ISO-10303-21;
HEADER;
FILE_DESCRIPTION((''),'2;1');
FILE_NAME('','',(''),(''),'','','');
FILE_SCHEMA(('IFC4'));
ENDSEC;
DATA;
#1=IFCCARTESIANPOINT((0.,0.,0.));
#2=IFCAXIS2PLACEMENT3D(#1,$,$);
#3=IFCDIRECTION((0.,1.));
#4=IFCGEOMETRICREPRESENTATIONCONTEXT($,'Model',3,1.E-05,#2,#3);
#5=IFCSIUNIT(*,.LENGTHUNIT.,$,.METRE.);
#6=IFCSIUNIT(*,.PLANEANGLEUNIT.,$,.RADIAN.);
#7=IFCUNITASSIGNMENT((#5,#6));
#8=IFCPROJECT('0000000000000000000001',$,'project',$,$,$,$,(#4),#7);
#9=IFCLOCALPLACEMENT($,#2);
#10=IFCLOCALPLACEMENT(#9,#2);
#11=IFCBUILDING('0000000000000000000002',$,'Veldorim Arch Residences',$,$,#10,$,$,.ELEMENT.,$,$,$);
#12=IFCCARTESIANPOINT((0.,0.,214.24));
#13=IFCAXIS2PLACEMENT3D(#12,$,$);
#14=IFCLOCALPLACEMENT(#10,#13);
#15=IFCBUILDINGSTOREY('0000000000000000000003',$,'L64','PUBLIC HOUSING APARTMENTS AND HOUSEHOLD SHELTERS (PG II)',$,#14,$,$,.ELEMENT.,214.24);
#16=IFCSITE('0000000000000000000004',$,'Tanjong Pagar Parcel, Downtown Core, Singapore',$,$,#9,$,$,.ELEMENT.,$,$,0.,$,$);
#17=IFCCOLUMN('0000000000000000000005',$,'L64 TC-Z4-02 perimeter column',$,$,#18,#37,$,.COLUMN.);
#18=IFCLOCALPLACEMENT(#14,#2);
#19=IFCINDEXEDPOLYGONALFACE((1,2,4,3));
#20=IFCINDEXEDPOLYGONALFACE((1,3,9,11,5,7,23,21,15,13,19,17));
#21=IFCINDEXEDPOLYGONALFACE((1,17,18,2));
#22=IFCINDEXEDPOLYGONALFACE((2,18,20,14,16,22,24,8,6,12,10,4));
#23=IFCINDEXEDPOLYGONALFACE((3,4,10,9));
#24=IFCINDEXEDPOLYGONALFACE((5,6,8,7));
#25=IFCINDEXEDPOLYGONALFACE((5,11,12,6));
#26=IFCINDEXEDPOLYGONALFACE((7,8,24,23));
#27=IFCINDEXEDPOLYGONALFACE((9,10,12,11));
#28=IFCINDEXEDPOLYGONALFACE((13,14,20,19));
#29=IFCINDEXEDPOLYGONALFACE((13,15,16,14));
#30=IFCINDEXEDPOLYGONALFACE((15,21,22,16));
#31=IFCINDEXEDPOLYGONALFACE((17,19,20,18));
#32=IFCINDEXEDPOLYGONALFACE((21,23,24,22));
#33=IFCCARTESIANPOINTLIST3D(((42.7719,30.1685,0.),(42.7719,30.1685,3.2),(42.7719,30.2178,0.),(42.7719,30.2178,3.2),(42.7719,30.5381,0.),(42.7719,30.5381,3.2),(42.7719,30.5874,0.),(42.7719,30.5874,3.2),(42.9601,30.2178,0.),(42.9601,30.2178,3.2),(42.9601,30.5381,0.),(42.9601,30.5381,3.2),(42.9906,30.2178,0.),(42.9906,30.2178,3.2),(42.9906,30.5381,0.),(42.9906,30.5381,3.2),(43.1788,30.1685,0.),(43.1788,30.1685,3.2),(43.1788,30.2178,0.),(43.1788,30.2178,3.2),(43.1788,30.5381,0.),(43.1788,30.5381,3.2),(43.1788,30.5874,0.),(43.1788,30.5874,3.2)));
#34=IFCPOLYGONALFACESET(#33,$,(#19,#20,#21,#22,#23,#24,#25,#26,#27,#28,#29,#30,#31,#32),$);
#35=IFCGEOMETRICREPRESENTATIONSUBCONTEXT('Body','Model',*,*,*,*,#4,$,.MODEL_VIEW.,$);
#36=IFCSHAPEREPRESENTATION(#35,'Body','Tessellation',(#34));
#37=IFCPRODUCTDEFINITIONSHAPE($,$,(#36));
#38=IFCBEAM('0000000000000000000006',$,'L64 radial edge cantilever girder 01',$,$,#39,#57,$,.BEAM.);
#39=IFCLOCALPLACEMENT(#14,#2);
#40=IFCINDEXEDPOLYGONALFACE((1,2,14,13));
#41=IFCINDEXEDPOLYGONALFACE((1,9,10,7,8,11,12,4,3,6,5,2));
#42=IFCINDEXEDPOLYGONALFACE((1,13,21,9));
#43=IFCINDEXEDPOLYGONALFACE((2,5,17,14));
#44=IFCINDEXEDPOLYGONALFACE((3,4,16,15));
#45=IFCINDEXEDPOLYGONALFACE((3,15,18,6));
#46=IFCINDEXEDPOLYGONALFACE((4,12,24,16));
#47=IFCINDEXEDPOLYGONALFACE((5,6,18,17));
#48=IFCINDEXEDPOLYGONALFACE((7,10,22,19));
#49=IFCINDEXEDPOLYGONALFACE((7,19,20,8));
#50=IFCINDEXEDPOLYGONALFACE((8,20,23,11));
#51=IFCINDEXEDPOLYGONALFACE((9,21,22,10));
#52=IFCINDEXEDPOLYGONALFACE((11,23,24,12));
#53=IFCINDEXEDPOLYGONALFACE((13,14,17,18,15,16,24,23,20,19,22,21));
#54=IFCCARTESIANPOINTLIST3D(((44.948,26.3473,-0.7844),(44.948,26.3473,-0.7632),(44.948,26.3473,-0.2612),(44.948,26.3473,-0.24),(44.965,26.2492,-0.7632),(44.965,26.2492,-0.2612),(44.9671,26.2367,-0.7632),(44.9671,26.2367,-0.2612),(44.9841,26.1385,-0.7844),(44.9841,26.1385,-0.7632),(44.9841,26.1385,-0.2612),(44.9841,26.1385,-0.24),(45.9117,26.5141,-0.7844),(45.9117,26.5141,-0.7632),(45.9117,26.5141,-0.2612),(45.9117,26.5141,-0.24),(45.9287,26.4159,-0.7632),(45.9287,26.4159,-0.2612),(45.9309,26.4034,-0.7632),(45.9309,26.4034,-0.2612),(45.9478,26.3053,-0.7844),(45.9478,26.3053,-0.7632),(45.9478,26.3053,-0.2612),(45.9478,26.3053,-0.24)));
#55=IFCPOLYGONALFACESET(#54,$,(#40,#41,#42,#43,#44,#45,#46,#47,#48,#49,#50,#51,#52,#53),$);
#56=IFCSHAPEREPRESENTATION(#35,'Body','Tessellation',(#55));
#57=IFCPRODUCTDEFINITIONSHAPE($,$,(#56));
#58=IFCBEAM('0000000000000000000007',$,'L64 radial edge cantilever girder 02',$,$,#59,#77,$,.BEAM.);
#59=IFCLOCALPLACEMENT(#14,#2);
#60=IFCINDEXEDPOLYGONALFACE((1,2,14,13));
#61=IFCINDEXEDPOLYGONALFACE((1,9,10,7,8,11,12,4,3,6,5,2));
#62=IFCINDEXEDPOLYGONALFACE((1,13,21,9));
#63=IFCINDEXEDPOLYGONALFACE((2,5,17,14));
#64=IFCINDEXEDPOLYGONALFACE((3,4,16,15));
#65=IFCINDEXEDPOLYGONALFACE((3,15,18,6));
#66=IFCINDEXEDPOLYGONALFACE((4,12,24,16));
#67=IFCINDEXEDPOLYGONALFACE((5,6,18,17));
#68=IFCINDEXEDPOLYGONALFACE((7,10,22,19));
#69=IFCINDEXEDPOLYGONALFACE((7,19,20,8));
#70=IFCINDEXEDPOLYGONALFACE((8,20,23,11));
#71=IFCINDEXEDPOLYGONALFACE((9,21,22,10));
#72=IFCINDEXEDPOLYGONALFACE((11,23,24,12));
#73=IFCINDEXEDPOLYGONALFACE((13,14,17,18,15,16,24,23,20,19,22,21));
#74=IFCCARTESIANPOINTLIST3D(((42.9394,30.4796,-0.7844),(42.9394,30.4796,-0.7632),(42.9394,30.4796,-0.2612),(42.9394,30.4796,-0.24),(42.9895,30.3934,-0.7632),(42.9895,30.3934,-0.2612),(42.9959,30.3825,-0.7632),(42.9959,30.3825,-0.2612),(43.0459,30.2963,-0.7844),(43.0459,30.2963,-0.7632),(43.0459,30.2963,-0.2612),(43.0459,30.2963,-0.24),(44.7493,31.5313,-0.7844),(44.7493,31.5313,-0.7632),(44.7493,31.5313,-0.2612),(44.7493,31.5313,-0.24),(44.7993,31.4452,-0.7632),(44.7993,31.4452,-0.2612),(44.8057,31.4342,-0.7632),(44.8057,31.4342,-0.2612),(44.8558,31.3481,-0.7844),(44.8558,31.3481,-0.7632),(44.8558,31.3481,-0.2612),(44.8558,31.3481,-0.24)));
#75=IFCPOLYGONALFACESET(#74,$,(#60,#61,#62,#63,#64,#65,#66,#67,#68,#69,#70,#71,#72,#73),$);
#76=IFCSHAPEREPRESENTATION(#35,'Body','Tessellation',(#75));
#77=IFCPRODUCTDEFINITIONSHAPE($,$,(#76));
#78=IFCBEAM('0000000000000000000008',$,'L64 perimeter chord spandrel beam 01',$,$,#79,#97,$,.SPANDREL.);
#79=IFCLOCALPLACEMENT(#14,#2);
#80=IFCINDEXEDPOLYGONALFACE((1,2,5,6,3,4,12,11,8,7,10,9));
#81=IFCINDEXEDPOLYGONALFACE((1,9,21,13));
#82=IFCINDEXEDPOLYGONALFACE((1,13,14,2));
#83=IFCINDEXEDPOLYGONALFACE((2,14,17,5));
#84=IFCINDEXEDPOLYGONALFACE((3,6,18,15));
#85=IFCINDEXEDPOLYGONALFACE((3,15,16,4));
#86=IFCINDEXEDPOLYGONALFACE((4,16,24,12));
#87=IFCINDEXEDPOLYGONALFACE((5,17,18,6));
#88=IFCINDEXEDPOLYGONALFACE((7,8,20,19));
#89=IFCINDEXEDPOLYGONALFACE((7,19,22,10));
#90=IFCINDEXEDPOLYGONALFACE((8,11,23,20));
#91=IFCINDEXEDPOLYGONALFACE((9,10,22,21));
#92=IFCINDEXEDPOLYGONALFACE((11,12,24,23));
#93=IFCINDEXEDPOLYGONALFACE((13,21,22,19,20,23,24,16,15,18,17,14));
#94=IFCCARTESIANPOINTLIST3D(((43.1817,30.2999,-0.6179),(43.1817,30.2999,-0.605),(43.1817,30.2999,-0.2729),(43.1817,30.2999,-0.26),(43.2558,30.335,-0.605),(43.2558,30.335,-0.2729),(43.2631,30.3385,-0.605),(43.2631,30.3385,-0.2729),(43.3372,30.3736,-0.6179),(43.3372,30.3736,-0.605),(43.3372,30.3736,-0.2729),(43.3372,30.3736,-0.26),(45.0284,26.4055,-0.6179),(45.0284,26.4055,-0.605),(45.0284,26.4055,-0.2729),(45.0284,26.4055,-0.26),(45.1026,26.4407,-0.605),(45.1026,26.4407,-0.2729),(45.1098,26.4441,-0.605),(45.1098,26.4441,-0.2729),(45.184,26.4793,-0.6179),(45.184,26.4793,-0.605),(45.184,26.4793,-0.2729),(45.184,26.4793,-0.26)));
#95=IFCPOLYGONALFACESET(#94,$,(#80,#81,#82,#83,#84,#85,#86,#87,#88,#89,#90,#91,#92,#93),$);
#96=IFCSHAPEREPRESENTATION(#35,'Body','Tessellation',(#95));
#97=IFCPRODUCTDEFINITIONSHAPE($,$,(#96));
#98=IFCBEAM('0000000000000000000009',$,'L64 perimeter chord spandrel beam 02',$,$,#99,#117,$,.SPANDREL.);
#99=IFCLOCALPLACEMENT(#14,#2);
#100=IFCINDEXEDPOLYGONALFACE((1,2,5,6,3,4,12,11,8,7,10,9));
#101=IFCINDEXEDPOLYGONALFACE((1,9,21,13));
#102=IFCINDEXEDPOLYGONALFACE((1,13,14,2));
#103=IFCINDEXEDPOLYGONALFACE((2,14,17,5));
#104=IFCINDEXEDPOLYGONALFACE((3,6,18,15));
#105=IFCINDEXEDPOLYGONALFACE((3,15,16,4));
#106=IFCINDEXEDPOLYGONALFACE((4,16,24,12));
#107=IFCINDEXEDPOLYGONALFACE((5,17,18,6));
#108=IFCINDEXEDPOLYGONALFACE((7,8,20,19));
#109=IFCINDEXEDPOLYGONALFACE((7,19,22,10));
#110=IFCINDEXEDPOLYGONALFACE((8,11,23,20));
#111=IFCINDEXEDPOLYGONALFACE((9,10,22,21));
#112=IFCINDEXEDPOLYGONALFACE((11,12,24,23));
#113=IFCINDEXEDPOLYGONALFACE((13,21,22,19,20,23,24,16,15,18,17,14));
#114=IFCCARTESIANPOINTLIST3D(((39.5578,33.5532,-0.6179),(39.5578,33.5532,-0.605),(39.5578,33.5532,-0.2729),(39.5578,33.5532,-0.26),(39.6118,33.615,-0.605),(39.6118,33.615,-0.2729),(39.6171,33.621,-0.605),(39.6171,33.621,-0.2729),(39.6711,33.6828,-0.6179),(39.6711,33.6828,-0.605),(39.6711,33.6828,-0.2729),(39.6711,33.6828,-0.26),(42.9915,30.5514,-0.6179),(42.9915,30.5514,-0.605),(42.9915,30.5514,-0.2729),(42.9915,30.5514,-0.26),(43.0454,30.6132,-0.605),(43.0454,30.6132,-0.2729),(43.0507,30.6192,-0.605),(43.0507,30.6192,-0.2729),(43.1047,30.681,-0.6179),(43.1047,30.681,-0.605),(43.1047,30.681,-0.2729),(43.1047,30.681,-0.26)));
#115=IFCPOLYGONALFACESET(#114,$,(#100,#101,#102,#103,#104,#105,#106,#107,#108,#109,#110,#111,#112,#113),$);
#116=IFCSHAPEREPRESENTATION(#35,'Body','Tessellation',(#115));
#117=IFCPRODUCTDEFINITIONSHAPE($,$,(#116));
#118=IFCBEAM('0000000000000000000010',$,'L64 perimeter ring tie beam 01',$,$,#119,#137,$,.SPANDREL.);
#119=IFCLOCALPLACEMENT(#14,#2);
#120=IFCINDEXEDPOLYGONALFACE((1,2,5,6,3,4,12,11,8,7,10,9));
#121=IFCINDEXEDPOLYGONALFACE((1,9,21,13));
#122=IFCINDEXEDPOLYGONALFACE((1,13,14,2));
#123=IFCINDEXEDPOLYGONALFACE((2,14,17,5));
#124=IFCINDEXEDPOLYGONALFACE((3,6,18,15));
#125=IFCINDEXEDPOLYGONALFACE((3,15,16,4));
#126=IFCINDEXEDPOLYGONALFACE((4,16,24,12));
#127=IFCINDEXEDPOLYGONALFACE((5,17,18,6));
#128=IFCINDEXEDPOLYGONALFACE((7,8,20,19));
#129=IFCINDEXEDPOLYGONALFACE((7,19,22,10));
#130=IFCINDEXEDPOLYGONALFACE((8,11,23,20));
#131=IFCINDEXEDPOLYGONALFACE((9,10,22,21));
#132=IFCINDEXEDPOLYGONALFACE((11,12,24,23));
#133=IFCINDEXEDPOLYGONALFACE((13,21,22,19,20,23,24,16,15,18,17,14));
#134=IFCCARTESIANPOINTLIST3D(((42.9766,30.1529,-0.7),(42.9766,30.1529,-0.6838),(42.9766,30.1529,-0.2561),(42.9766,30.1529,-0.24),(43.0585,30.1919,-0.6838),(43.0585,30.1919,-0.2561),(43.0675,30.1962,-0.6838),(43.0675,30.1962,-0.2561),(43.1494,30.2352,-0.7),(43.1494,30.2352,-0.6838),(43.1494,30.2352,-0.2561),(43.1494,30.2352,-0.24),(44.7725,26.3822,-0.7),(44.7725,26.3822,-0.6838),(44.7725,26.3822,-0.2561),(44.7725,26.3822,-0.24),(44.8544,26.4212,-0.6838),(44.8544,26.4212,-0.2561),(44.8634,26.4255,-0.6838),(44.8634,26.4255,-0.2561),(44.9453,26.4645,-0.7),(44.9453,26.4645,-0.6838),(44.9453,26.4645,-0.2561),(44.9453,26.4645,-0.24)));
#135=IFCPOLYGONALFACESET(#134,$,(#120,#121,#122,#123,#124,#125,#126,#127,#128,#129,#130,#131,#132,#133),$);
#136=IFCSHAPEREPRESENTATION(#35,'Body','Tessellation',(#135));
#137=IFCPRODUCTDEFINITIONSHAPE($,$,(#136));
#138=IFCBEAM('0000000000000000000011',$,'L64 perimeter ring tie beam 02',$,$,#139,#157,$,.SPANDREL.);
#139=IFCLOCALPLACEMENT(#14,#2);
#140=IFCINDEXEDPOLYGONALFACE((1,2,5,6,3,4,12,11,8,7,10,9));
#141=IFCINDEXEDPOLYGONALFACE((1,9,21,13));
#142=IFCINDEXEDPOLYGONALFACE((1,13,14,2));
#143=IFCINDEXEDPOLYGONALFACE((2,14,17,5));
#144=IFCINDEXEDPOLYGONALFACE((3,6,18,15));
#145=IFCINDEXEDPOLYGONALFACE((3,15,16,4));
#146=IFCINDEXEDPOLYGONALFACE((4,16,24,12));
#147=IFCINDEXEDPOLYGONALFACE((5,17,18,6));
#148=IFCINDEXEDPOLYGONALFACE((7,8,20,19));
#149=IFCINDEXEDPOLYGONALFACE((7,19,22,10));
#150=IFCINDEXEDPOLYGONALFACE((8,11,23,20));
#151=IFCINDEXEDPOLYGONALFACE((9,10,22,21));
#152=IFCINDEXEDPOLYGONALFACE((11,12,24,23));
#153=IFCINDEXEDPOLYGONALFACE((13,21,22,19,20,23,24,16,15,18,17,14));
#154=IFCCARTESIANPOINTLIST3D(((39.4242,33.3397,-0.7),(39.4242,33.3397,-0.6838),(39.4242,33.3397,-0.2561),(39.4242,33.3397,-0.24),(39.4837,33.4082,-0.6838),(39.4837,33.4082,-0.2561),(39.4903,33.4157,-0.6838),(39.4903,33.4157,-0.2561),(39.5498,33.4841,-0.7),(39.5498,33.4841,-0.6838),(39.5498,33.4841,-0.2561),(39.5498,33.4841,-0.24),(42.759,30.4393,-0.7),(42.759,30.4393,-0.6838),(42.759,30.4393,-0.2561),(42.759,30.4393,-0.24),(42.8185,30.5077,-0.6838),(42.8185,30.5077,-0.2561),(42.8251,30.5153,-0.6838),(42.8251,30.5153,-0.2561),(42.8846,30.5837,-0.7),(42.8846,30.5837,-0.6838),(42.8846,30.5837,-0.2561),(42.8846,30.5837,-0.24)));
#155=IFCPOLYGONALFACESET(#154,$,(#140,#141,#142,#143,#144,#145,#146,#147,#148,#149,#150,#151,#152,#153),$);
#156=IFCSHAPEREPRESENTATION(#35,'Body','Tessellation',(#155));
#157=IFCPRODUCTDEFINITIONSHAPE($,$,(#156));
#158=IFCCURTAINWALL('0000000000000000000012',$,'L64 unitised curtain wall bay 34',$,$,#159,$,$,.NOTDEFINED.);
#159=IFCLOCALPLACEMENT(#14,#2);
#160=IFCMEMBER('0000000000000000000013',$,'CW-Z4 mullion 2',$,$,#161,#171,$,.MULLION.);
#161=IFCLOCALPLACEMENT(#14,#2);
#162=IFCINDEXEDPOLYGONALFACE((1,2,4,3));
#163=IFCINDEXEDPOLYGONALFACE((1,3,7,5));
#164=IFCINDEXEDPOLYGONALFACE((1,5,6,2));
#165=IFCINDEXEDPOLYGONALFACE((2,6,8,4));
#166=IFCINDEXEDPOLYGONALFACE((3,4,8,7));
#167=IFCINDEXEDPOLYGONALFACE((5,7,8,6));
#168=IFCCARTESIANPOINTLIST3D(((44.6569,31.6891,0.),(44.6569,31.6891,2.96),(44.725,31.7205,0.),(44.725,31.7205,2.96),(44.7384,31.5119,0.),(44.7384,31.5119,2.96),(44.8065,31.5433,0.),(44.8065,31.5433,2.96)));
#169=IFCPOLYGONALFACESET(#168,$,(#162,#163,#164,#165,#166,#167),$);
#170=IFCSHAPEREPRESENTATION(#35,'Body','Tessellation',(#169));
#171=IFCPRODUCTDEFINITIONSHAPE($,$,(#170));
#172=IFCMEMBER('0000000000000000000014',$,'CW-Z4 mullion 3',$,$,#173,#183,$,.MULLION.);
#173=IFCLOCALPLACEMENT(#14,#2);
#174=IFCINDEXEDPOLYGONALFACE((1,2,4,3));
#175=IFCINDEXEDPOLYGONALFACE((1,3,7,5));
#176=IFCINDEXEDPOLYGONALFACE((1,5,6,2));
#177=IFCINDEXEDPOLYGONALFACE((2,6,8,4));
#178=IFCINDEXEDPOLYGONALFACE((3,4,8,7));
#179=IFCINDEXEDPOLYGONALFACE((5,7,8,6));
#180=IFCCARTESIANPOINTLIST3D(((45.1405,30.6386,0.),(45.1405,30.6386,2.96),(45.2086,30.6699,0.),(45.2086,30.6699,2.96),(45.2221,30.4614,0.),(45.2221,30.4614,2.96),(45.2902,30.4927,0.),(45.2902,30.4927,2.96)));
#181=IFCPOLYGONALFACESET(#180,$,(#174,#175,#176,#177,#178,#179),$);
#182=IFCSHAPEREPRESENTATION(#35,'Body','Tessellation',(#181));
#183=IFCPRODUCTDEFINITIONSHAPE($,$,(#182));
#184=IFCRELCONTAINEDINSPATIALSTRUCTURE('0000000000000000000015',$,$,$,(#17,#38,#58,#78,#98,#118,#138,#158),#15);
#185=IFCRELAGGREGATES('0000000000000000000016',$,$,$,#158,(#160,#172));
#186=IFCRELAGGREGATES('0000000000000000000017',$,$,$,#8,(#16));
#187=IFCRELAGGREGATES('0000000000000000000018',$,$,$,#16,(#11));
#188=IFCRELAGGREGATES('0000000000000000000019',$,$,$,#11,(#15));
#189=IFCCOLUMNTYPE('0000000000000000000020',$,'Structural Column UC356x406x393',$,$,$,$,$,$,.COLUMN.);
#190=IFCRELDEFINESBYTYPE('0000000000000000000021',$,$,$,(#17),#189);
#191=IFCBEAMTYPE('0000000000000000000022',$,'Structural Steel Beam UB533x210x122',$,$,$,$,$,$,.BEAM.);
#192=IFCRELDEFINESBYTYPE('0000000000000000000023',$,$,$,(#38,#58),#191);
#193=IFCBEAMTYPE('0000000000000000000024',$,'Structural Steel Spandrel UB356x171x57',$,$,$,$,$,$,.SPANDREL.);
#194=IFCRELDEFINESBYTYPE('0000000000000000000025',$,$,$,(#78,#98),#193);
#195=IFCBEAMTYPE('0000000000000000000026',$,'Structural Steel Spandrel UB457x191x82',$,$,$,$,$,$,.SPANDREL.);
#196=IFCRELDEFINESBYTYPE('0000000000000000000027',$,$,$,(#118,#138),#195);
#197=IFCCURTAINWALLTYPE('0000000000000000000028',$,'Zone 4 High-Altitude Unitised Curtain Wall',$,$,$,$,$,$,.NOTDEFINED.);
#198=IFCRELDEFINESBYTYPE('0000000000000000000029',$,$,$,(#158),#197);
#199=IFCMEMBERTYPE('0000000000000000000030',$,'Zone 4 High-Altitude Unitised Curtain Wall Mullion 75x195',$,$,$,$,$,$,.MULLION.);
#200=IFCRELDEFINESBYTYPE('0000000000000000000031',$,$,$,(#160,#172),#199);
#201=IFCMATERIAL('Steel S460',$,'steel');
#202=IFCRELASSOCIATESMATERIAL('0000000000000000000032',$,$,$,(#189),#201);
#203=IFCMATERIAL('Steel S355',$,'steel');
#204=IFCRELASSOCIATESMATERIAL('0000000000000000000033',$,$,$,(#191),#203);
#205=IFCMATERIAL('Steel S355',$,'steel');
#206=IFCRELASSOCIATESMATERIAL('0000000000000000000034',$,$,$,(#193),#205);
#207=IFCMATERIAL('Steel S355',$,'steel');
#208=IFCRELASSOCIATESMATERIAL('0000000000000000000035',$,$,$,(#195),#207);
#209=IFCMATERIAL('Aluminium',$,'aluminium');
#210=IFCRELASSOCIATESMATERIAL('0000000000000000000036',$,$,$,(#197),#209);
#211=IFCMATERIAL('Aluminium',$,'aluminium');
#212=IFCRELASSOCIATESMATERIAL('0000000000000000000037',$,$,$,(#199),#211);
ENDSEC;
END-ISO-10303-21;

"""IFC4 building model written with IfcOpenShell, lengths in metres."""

from ifc_helpers import new_model, si_unit, direction, frame, origin, origin_2d, place, context, subcontext, project, spatial, rectangle, i_section, extrude, material, material_profile, profile_set, type_object, element, aggregate, save


model = new_model("IFC4")

# Units and contexts
model_context = context("Model", 3, precision=1e-05, world=origin(), true_north=direction((0.0, 1.0)))
body_context = subcontext(model_context, "Body", "Model", "MODEL_VIEW")
ifc_project = project(units=[si_unit("LENGTHUNIT", "METRE"), si_unit("PLANEANGLEUNIT", "RADIAN")], contexts=[model_context])

# Site, building, storey
site_placement = place(None, origin())
site = spatial("IfcSite", under=ifc_project, at=site_placement, Name="Tanjong Pagar Parcel, Downtown Core, Singapore", CompositionType="ELEMENT", RefElevation=0.0)
building_placement = place(site_placement, origin())
building = spatial("IfcBuilding", under=site, at=building_placement, Name="Veldorim Arch Residences", CompositionType="ELEMENT")
storey_placement = place(building_placement, frame((0.0, 0.0, 214.24)))
storey = spatial("IfcBuildingStorey", under=building, at=storey_placement, Name="L64", Description="PUBLIC HOUSING APARTMENTS AND HOUSEHOLD SHELTERS (PG II)", CompositionType="ELEMENT", Elevation=214.24)

# Column
ifc_material_1 = material(Name="Steel S460", Category="steel")
ifc_material_profile_1 = material_profile(ifc_material_1, i_section(OverallWidth=0.407, OverallDepth=0.4189, WebThickness=0.0305, FlangeThickness=0.0493, at=origin_2d()), Name="UC356x406x393")
ifc_profile_set_1 = profile_set([ifc_material_profile_1], Name="Steel S460")
column_type = type_object("IfcColumnType", Name="Structural Column UC356x406x393", PredefinedType="COLUMN", material=ifc_profile_set_1)
column_placement = place(storey_placement, frame((42.9753, 30.3779, 0.0), z_axis=(0.0, 0.0, 1.0), x_axis=(1.0, 0.0, 0.0)))
element("IfcColumn", 1, at=column_placement, inside=storey, type_object=column_type, Name="L64 TC-Z4-02 perimeter column", PredefinedType="COLUMN", context=body_context, shape_type="SweptSolid", body=[
    extrude(i_section(OverallWidth=0.407, OverallDepth=0.4189, WebThickness=0.0305, FlangeThickness=0.0493, at=origin_2d()), origin(), (0.0, 0.0, 1.0), 3.2),
])

# Beams
ifc_material_2 = material(Name="Steel S355", Category="steel")
ifc_material_profile_2 = material_profile(ifc_material_2, i_section(OverallWidth=0.2119, OverallDepth=0.5444, WebThickness=0.0127, FlangeThickness=0.0212, at=origin_2d()), Name="UB533x210x122")
ifc_profile_set_2 = profile_set([ifc_material_profile_2], Name="Steel S355")
beam_type_1 = type_object("IfcBeamType", Name="Structural Steel Beam UB533x210x122", PredefinedType="BEAM", material=ifc_profile_set_2)
beam_1_placement = place(storey_placement, frame((44.9661, 26.2429, -0.5122), z_axis=(0.985356, 0.170509, 0.0), x_axis=(-0.170509, 0.985356, 0.0)))
element("IfcBeam", 2, at=beam_1_placement, inside=storey, type_object=beam_type_1, Name="L64 radial edge cantilever girder 01", PredefinedType="BEAM", context=body_context, shape_type="SweptSolid", body=[
    extrude(i_section(OverallWidth=0.2119, OverallDepth=0.5444, WebThickness=0.0127, FlangeThickness=0.0212, at=origin_2d()), origin(), (0.0, 0.0, 1.0), 0.978),
])
beam_2_placement = place(storey_placement, frame((42.9927, 30.3879, -0.5122), z_axis=(0.864603, 0.502456, 0.0), x_axis=(-0.502456, 0.864603, 0.0)))
element("IfcBeam", 3, at=beam_2_placement, inside=storey, type_object=beam_type_1, Name="L64 radial edge cantilever girder 02", PredefinedType="BEAM", context=body_context, shape_type="SweptSolid", body=[
    extrude(i_section(OverallWidth=0.2119, OverallDepth=0.5444, WebThickness=0.0127, FlangeThickness=0.0212, at=origin_2d()), origin(), (0.0, 0.0, 1.0), 2.0933),
])
ifc_material_3 = material(Name="Steel S355", Category="steel")
ifc_material_profile_3 = material_profile(ifc_material_3, i_section(OverallWidth=0.1721, OverallDepth=0.3579, WebThickness=0.0081, FlangeThickness=0.0129, at=origin_2d()), Name="UB356x171x57")
ifc_profile_set_3 = profile_set([ifc_material_profile_3], Name="Steel S355")
beam_type_2 = type_object("IfcBeamType", Name="Structural Steel Spandrel UB356x171x57", PredefinedType="SPANDREL", material=ifc_profile_set_3)
beam_3_placement = place(storey_placement, frame((45.1062, 26.4424, -0.439), z_axis=(-0.428469, 0.903557, 0.0), x_axis=(-0.903557, -0.428469, 0.0)))
element("IfcBeam", 4, at=beam_3_placement, inside=storey, type_object=beam_type_2, Name="L64 perimeter chord spandrel beam 01", PredefinedType="SPANDREL", context=body_context, shape_type="SweptSolid", body=[
    extrude(i_section(OverallWidth=0.1721, OverallDepth=0.3579, WebThickness=0.0081, FlangeThickness=0.0129, at=origin_2d()), origin(), (0.0, 0.0, 1.0), 4.3101),
])
beam_4_placement = place(storey_placement, frame((43.0481, 30.6162, -0.439), z_axis=(-0.752868, 0.658171, 0.0), x_axis=(-0.658171, -0.752868, 0.0)))
element("IfcBeam", 5, at=beam_4_placement, inside=storey, type_object=beam_type_2, Name="L64 perimeter chord spandrel beam 02", PredefinedType="SPANDREL", context=body_context, shape_type="SweptSolid", body=[
    extrude(i_section(OverallWidth=0.1721, OverallDepth=0.3579, WebThickness=0.0081, FlangeThickness=0.0129, at=origin_2d()), origin(), (0.0, 0.0, 1.0), 4.5608),
])
ifc_material_4 = material(Name="Steel S355", Category="steel")
ifc_material_profile_4 = material_profile(ifc_material_4, i_section(OverallWidth=0.1914, OverallDepth=0.46, WebThickness=0.01, FlangeThickness=0.0161, at=origin_2d()), Name="UB457x191x82")
ifc_profile_set_4 = profile_set([ifc_material_profile_4], Name="Steel S355")
beam_type_3 = type_object("IfcBeamType", Name="Structural Steel Spandrel UB457x191x82", PredefinedType="SPANDREL", material=ifc_profile_set_4)
beam_5_placement = place(storey_placement, frame((44.8589, 26.4233, -0.47), z_axis=(-0.429993, 0.902832, 0.0), x_axis=(-0.902832, -0.429993, 0.0)))
element("IfcBeam", 6, at=beam_5_placement, inside=storey, type_object=beam_type_3, Name="L64 perimeter ring tie beam 01", PredefinedType="SPANDREL", context=body_context, shape_type="SweptSolid", body=[
    extrude(i_section(OverallWidth=0.1914, OverallDepth=0.46, WebThickness=0.01, FlangeThickness=0.0161, at=origin_2d()), origin(), (0.0, 0.0, 1.0), 4.1765),
])
beam_6_placement = place(storey_placement, frame((42.8218, 30.5115, -0.47), z_axis=(-0.754534, 0.656261, 0.0), x_axis=(-0.656261, -0.754534, 0.0)))
element("IfcBeam", 7, at=beam_6_placement, inside=storey, type_object=beam_type_3, Name="L64 perimeter ring tie beam 02", PredefinedType="SPANDREL", context=body_context, shape_type="SweptSolid", body=[
    extrude(i_section(OverallWidth=0.1914, OverallDepth=0.46, WebThickness=0.01, FlangeThickness=0.0161, at=origin_2d()), origin(), (0.0, 0.0, 1.0), 4.4197),
])

# Curtain wall, members
ifc_material_5 = material(Name="Aluminium", Category="aluminium")
curtain_wall_type = type_object("IfcCurtainWallType", Name="Zone 4 High-Altitude Unitised Curtain Wall", PredefinedType="NOTDEFINED", material=ifc_material_5)
curtain_wall_placement = place(storey_placement, origin())
curtain_wall = element("IfcCurtainWall", 8, at=curtain_wall_placement, inside=storey, type_object=curtain_wall_type, Name="L64 unitised curtain wall bay 34", PredefinedType="NOTDEFINED")
ifc_material_6 = material(Name="Aluminium", Category="aluminium")
ifc_material_profile_5 = material_profile(ifc_material_6, rectangle(XDim=0.075, YDim=0.1951, at=origin_2d()), Name="ALU_MUL_75x195")
ifc_profile_set_5 = profile_set([ifc_material_profile_5], Name="Aluminium")
member_type_1 = type_object("IfcMemberType", Name="Zone 4 High-Altitude Unitised Curtain Wall Mullion 75x195", PredefinedType="MULLION", material=ifc_profile_set_5)
member_1_placement = place(storey_placement, frame((44.7317, 31.6162, 0.0), z_axis=(0.0, 0.0, 1.0), x_axis=(0.9084, 0.418102, 0.0)))
member_1 = element("IfcMember", 9, at=member_1_placement, type_object=member_type_1, Name="CW-Z4 mullion 2", PredefinedType="MULLION", context=body_context, shape_type="SweptSolid", body=[
    extrude(rectangle(XDim=0.075, YDim=0.1951, at=origin_2d()), origin(), (0.0, 0.0, 1.0), 2.96),
])
member_2_placement = place(storey_placement, frame((45.2153, 30.5657, 0.0), z_axis=(0.0, 0.0, 1.0), x_axis=(0.9084, 0.418102, 0.0)))
member_2 = element("IfcMember", 10, at=member_2_placement, type_object=member_type_1, Name="CW-Z4 mullion 3", PredefinedType="MULLION", context=body_context, shape_type="SweptSolid", body=[
    extrude(rectangle(XDim=0.075, YDim=0.1951, at=origin_2d()), origin(), (0.0, 0.0, 1.0), 2.96),
])
aggregate(curtain_wall, [member_1, member_2])

save(model, "model.ifc")
